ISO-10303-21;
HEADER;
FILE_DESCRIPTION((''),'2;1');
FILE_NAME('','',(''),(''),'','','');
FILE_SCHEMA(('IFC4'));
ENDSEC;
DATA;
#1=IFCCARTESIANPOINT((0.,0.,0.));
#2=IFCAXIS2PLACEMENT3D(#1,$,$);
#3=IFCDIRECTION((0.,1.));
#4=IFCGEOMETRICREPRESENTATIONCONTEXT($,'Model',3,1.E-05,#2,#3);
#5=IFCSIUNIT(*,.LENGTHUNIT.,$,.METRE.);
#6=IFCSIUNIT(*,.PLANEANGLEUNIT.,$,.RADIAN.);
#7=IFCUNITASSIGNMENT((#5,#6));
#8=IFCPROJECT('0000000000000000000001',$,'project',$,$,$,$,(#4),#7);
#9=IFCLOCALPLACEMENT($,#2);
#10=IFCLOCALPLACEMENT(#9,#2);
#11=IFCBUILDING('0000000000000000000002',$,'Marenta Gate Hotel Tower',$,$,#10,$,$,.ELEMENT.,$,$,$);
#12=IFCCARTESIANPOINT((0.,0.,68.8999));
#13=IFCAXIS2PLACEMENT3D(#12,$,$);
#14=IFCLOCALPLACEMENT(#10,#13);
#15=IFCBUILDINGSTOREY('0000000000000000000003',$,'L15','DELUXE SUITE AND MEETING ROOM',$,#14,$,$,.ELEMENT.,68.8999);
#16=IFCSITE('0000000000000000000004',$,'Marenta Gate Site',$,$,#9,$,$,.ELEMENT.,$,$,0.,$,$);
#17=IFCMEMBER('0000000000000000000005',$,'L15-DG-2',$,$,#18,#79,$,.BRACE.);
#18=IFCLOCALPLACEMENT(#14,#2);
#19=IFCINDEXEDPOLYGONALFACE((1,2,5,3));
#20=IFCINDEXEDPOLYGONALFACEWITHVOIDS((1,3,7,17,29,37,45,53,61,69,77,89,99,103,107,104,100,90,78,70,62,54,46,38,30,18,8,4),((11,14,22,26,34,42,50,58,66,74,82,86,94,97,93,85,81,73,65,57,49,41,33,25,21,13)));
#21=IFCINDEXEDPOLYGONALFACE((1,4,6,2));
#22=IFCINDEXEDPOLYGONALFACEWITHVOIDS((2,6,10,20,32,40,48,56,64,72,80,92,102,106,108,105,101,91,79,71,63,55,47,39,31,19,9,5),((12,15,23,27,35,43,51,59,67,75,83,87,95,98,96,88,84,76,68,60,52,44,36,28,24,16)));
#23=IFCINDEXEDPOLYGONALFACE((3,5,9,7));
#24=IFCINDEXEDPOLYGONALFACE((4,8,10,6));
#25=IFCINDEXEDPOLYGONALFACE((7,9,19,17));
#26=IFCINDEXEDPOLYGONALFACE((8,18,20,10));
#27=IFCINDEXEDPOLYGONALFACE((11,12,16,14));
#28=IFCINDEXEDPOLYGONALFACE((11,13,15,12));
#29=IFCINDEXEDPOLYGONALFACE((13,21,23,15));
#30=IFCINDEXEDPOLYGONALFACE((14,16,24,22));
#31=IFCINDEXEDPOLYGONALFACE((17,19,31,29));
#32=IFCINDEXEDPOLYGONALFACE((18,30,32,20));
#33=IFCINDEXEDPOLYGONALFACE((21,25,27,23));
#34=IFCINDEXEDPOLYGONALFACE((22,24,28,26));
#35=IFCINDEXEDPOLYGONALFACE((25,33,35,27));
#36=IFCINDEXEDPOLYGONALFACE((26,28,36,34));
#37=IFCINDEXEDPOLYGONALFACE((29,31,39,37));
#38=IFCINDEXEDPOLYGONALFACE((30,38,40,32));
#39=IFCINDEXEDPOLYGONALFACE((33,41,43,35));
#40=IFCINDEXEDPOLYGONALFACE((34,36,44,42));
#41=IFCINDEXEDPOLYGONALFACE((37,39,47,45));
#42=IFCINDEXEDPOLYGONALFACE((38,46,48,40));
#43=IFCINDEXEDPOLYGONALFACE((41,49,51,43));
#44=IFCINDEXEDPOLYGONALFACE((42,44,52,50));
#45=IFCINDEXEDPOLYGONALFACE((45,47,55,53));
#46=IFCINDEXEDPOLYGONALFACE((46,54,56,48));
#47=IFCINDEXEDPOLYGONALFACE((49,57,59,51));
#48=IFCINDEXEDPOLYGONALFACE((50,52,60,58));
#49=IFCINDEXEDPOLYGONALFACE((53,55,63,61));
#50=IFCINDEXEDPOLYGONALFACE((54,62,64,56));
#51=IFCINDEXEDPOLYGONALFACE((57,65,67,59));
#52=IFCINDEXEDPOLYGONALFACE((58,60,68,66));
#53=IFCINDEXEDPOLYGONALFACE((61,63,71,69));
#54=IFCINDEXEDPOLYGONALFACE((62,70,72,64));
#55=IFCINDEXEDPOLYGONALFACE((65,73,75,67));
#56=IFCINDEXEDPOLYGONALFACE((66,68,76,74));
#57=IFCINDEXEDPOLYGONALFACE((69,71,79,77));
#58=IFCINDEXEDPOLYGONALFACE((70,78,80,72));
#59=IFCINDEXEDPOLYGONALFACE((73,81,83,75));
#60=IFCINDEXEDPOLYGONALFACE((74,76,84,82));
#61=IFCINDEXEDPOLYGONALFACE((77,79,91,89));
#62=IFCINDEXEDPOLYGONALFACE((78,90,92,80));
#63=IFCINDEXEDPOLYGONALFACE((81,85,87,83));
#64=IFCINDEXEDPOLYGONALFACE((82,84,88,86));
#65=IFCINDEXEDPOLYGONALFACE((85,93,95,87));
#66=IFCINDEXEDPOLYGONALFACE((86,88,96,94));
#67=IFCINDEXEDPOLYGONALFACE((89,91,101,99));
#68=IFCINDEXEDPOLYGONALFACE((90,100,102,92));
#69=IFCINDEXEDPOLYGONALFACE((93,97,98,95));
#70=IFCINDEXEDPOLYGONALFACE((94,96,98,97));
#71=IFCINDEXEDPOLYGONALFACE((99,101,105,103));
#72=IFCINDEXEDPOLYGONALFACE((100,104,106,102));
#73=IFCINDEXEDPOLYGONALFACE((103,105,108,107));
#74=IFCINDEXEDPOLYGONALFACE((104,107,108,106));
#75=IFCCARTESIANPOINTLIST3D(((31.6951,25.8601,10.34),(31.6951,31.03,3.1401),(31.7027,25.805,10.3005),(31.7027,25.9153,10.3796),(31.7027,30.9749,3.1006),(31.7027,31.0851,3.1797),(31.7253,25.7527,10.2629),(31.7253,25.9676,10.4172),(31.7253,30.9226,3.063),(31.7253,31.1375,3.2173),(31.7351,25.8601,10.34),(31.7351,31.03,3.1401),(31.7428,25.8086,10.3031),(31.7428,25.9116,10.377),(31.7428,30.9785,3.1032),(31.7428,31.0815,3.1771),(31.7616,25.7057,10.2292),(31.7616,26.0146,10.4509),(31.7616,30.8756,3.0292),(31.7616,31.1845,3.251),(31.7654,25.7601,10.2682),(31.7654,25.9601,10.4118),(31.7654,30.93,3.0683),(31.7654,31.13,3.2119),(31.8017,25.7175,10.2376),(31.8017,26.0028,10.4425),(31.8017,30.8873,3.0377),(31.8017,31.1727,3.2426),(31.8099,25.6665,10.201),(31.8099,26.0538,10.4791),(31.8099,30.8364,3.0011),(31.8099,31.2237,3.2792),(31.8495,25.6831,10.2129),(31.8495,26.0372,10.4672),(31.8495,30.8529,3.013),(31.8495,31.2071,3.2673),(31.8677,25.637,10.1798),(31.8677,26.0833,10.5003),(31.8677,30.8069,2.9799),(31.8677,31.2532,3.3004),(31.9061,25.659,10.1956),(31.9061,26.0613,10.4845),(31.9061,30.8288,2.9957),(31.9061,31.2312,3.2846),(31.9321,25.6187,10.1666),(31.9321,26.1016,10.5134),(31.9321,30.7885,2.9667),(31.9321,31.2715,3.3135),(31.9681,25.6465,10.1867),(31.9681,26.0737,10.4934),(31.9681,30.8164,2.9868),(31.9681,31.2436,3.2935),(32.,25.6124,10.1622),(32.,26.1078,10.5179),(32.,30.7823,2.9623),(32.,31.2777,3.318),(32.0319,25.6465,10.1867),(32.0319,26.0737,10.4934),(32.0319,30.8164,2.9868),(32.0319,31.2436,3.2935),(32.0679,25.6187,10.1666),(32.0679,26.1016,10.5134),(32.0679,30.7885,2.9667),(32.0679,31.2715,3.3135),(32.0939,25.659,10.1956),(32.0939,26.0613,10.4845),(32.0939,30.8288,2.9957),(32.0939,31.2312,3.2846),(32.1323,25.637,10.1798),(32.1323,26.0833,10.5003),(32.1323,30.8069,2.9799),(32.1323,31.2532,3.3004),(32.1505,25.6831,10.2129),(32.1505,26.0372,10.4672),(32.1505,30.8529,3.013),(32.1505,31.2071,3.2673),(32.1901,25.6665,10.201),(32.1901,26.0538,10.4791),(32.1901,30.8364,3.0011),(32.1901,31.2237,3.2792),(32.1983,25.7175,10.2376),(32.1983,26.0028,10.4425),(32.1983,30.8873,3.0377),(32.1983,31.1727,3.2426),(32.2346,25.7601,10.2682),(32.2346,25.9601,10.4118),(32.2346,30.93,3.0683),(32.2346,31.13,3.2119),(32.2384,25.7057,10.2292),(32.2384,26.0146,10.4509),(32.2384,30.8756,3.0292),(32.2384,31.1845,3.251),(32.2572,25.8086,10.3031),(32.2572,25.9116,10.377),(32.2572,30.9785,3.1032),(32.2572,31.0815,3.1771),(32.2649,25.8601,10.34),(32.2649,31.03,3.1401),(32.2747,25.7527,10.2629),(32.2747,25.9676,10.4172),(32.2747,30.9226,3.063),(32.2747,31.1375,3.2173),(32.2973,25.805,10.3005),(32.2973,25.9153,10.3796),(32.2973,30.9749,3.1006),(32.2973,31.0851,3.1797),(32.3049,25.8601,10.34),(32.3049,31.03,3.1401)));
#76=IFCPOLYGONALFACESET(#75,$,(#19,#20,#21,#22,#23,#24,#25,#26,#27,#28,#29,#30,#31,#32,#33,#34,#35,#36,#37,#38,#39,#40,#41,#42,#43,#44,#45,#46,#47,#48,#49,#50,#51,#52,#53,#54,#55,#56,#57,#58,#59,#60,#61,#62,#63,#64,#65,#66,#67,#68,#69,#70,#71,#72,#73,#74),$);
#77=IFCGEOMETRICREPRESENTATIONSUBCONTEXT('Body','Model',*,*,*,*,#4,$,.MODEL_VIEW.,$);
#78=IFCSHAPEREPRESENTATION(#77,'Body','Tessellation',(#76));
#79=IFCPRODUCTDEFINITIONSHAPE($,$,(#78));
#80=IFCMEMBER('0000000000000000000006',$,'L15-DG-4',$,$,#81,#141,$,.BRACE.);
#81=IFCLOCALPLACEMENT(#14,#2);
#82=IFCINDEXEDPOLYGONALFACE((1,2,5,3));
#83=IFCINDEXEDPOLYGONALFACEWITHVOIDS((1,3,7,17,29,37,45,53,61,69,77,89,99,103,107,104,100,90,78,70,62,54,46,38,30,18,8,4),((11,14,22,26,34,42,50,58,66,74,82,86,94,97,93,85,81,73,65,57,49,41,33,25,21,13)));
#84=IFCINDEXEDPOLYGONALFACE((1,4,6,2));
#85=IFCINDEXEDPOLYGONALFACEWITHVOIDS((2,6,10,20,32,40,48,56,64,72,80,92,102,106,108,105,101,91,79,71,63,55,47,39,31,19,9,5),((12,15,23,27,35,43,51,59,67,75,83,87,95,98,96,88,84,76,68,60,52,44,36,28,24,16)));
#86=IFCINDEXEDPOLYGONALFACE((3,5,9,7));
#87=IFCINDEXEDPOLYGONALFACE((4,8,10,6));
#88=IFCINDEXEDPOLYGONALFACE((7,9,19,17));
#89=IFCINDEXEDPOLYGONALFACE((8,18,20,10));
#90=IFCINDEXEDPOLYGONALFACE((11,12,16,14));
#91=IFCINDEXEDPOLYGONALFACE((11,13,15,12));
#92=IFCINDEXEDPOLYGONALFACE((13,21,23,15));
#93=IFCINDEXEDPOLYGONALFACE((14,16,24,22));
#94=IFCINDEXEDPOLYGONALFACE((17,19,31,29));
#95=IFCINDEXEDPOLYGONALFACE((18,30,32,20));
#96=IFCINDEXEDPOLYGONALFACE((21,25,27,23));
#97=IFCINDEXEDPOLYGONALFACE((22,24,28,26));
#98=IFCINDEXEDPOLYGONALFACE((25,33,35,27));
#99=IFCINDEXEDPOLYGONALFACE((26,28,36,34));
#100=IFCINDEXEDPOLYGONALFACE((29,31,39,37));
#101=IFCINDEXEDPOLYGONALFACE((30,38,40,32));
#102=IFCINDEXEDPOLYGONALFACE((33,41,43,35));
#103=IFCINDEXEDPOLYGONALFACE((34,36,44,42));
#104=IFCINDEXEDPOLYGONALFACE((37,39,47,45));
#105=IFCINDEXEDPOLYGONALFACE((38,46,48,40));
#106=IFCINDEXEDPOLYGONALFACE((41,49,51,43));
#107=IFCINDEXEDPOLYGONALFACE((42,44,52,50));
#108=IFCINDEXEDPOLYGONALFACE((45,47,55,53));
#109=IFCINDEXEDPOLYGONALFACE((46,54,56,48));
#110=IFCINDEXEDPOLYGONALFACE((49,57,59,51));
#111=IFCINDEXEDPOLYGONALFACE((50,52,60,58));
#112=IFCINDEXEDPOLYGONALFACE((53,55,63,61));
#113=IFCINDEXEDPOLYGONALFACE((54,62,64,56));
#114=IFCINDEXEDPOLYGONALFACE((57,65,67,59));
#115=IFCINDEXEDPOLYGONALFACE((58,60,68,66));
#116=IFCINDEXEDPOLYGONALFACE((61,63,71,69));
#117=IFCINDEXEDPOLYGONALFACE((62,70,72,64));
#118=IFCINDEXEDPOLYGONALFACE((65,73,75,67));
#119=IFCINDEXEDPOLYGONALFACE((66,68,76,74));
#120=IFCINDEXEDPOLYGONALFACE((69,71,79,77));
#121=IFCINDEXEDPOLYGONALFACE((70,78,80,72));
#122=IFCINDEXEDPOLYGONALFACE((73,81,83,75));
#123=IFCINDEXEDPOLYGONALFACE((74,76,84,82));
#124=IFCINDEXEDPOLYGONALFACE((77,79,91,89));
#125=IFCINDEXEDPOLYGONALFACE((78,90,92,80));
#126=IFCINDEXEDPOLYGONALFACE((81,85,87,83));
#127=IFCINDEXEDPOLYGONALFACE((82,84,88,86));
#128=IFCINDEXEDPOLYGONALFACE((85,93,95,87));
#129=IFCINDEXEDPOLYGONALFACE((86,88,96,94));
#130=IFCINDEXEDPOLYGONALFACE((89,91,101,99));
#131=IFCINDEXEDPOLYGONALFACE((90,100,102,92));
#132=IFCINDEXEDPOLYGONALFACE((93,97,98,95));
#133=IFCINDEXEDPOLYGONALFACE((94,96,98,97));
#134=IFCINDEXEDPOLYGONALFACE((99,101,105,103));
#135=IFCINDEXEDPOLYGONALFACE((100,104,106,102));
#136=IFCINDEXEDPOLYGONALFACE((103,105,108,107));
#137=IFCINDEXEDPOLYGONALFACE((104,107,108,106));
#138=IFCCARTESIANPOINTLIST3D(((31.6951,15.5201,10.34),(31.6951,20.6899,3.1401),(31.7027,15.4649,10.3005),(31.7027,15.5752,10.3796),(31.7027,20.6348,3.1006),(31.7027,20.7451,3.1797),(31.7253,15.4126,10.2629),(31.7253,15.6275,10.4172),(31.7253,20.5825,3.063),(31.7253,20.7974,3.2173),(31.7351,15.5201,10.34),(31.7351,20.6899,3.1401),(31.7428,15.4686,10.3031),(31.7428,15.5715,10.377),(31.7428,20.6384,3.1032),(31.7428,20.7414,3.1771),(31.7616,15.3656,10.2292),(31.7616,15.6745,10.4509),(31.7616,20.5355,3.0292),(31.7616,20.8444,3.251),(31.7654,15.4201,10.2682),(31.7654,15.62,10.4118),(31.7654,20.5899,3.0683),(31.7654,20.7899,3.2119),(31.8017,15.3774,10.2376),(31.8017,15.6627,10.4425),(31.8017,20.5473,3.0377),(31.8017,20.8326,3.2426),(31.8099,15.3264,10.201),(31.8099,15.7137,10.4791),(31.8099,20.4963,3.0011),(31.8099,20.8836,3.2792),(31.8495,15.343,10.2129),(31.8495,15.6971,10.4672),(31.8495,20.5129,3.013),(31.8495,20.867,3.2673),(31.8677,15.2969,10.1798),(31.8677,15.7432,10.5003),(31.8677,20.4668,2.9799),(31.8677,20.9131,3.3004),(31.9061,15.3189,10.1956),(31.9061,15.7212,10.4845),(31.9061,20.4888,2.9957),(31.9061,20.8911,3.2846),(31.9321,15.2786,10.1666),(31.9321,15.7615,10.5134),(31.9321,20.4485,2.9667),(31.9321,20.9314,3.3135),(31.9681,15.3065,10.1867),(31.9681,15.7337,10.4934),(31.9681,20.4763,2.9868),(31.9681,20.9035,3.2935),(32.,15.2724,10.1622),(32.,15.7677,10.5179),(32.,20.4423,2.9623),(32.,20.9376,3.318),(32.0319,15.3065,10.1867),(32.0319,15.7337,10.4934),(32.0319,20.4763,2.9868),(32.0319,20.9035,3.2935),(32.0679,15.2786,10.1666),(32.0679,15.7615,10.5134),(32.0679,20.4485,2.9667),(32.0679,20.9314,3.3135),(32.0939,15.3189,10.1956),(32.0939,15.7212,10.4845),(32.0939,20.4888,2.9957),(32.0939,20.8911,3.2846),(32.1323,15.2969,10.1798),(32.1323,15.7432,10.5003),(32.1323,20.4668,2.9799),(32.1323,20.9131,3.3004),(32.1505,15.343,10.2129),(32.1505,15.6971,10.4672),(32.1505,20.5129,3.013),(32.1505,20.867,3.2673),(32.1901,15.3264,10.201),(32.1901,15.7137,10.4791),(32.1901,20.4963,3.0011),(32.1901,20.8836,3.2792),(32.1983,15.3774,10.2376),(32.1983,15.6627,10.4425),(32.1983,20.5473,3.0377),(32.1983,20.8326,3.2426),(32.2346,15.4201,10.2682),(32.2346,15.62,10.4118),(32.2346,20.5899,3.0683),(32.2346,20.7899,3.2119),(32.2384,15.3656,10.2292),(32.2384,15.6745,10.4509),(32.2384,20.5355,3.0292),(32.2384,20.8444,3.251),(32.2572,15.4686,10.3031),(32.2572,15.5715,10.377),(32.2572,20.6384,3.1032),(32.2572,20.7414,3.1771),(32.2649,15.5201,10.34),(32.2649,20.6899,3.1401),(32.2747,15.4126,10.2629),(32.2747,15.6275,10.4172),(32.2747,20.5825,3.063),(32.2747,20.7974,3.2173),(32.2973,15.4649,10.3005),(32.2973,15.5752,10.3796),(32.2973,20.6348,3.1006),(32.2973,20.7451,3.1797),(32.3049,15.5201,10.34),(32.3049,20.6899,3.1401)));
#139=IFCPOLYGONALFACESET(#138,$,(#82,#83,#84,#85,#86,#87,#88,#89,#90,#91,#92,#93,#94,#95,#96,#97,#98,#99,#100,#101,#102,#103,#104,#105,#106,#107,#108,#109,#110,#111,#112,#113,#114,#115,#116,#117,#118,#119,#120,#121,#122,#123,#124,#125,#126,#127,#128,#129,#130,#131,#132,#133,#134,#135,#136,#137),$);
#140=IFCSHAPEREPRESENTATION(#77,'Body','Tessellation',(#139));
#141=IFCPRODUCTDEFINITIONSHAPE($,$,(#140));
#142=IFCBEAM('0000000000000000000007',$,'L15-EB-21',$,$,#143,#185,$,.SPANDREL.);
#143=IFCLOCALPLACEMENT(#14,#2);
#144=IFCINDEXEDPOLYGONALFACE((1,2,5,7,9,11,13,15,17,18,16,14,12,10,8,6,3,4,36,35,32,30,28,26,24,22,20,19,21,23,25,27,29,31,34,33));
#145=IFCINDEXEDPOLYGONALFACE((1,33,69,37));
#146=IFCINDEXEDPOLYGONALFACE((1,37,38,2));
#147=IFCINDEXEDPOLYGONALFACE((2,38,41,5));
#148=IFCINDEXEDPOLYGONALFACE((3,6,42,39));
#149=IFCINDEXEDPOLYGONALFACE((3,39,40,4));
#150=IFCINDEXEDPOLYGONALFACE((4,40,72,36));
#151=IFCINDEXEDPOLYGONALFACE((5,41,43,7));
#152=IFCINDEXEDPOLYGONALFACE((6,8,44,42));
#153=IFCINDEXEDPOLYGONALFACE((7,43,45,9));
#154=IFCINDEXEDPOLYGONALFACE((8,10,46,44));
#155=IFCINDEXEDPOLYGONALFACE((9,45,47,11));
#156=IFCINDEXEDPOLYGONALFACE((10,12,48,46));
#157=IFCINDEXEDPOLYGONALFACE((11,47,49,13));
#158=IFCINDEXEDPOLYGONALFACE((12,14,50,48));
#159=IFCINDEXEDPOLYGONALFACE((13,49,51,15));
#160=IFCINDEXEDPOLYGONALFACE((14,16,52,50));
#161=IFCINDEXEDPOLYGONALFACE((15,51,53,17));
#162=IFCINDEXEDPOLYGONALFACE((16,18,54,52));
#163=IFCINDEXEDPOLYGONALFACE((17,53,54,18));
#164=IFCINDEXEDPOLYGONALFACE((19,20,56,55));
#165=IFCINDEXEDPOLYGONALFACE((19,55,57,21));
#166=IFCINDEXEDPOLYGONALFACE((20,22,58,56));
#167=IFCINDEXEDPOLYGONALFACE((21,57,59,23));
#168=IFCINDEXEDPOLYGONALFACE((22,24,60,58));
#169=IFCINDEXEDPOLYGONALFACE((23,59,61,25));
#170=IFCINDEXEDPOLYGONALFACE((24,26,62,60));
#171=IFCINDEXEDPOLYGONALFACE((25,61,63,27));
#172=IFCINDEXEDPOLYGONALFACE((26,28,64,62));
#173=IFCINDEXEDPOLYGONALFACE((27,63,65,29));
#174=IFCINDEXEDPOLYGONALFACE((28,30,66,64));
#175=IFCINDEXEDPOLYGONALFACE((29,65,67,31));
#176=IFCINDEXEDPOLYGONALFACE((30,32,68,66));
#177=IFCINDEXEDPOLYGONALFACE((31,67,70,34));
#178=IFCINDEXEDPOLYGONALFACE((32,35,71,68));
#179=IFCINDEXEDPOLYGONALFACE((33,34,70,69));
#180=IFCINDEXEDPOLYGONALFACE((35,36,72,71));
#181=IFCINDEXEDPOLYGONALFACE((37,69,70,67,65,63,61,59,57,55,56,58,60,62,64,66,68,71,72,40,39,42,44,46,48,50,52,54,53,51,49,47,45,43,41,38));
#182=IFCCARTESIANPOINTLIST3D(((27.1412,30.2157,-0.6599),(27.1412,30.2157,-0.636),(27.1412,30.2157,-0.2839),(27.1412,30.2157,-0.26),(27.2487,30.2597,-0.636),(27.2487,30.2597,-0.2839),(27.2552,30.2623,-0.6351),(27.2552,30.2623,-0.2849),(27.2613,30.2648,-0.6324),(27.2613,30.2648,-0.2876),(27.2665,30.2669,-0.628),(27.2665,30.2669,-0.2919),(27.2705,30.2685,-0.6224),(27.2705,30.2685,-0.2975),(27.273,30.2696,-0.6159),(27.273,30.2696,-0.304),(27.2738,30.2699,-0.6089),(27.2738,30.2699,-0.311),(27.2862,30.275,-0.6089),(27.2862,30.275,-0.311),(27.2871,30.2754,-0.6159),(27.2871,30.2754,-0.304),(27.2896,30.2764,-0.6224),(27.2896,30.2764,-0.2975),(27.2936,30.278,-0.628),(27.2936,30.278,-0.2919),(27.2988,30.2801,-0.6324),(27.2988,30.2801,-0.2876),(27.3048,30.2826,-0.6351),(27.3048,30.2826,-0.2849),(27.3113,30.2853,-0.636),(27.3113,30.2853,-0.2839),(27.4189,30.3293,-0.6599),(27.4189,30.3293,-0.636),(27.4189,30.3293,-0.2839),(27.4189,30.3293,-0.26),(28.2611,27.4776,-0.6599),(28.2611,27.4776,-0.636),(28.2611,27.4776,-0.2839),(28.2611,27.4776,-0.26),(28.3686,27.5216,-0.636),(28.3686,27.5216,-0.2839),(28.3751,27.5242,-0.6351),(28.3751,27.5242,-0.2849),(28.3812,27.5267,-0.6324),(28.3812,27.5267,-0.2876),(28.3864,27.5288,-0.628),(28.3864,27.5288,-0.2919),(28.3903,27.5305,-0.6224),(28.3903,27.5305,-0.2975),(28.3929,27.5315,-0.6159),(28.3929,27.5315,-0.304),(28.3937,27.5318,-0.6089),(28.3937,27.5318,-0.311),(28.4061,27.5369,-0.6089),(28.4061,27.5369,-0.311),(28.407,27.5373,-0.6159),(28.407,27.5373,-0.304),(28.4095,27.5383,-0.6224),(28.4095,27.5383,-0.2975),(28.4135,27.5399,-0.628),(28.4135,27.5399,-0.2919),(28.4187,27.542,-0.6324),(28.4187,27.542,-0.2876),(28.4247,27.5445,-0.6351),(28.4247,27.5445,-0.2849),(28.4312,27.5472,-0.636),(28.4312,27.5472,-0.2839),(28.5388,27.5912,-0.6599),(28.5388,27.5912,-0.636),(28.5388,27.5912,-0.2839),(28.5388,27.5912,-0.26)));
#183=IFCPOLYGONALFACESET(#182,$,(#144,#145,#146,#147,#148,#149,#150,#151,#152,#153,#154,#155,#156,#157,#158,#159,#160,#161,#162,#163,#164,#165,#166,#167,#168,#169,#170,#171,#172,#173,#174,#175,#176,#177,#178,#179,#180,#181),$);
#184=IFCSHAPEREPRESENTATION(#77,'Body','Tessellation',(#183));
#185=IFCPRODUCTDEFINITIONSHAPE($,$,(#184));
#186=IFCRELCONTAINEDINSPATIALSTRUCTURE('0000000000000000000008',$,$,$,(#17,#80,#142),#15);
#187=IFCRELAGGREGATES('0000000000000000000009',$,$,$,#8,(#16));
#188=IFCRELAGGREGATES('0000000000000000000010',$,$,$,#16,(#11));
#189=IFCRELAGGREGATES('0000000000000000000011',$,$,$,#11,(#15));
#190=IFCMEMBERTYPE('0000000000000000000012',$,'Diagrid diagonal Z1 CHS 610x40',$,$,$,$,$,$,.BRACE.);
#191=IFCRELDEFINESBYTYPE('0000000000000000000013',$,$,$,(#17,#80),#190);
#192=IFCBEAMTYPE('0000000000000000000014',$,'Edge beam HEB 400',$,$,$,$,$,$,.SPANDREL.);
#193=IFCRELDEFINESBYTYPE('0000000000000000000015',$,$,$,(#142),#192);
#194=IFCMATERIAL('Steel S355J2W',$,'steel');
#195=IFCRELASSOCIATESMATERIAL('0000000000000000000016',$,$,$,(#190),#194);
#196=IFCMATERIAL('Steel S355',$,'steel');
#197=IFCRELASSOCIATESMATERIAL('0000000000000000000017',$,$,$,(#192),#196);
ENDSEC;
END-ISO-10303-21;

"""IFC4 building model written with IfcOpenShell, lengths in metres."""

from ifc_helpers import new_model, si_unit, direction, frame, origin, origin_2d, place, context, subcontext, project, spatial, hollow_circle, i_section, extrude, material, material_profile, profile_set, type_object, element, save


model = new_model("IFC4")

# Units and contexts
model_context = context("Model", 3, precision=1e-05, world=origin(), true_north=direction((0.0, 1.0)))
body_context = subcontext(model_context, "Body", "Model", "MODEL_VIEW")
ifc_project = project(units=[si_unit("LENGTHUNIT", "METRE"), si_unit("PLANEANGLEUNIT", "RADIAN")], contexts=[model_context])

# Site, building, storey
site_placement = place(None, origin())
site = spatial("IfcSite", under=ifc_project, at=site_placement, Name="Marenta Gate Site", CompositionType="ELEMENT", RefElevation=0.0)
building_placement = place(site_placement, origin())
building = spatial("IfcBuilding", under=site, at=building_placement, Name="Marenta Gate Hotel Tower", CompositionType="ELEMENT")
storey_placement = place(building_placement, frame((0.0, 0.0, 68.8999)))
storey = spatial("IfcBuildingStorey", under=building, at=storey_placement, Name="L15", Description="DELUXE SUITE AND MEETING ROOM", CompositionType="ELEMENT", Elevation=68.8999)

# Members
ifc_material_1 = material(Name="Steel S355J2W", Category="steel")
ifc_material_profile_1 = material_profile(ifc_material_1, hollow_circle(Radius=0.3049, WallThickness=0.04, at=origin_2d()), Name="CHS 610x40")
ifc_profile_set_1 = profile_set([ifc_material_profile_1], Name="Steel S355J2W")
member_type_1 = type_object("IfcMemberType", Name="Diagrid diagonal Z1 CHS 610x40", PredefinedType="BRACE", material=ifc_profile_set_1)
for number, where, z_axis, x_axis, name in (
    (1, (32.0, 31.03, 3.1401), (0.0, -0.583261, 0.812285), (1.0, 0.0, 0.0), "L15-DG-2"),
    (2, (32.0, 20.6899, 3.1401), (0.0, -0.583261, 0.812285), (1.0, 0.0, 0.0), "L15-DG-4"),
):
    element("IfcMember", number, at=place(storey_placement, frame(where, z_axis=z_axis, x_axis=x_axis)), inside=storey, type_object=member_type_1, Name=name, PredefinedType="BRACE", context=body_context, shape_type="SweptSolid", body=[
        extrude(hollow_circle(Radius=0.3049, WallThickness=0.04, at=origin_2d()), origin(), (0.0, 0.0, 1.0), 8.8638),
    ])

# Beam
ifc_material_2 = material(Name="Steel S355", Category="steel")
ifc_material_profile_2 = material_profile(ifc_material_2, i_section(OverallWidth=0.3, OverallDepth=0.3999, WebThickness=0.0134, FlangeThickness=0.0239, FilletRadius=0.0271, at=origin_2d()), Name="HEB 400")
ifc_profile_set_2 = profile_set([ifc_material_profile_2], Name="Steel S355")
beam_type = type_object("IfcBeamType", Name="Edge beam HEB 400", PredefinedType="SPANDREL", material=ifc_profile_set_2)
beam_1_placement = place(storey_placement, frame((27.28, 30.2725, -0.46), z_axis=(0.378565, -0.925575, 0.0), x_axis=(0.925575, 0.378565, 0.0)))
element("IfcBeam", 3, at=beam_1_placement, inside=storey, type_object=beam_type, Name="L15-EB-21", PredefinedType="SPANDREL", context=body_context, shape_type="SweptSolid", body=[
    extrude(i_section(OverallWidth=0.3, OverallDepth=0.3999, WebThickness=0.0134, FlangeThickness=0.0239, FilletRadius=0.0271, at=origin_2d()), origin(), (0.0, 0.0, 1.0), 2.9583),
])

save(model, "model.ifc")
